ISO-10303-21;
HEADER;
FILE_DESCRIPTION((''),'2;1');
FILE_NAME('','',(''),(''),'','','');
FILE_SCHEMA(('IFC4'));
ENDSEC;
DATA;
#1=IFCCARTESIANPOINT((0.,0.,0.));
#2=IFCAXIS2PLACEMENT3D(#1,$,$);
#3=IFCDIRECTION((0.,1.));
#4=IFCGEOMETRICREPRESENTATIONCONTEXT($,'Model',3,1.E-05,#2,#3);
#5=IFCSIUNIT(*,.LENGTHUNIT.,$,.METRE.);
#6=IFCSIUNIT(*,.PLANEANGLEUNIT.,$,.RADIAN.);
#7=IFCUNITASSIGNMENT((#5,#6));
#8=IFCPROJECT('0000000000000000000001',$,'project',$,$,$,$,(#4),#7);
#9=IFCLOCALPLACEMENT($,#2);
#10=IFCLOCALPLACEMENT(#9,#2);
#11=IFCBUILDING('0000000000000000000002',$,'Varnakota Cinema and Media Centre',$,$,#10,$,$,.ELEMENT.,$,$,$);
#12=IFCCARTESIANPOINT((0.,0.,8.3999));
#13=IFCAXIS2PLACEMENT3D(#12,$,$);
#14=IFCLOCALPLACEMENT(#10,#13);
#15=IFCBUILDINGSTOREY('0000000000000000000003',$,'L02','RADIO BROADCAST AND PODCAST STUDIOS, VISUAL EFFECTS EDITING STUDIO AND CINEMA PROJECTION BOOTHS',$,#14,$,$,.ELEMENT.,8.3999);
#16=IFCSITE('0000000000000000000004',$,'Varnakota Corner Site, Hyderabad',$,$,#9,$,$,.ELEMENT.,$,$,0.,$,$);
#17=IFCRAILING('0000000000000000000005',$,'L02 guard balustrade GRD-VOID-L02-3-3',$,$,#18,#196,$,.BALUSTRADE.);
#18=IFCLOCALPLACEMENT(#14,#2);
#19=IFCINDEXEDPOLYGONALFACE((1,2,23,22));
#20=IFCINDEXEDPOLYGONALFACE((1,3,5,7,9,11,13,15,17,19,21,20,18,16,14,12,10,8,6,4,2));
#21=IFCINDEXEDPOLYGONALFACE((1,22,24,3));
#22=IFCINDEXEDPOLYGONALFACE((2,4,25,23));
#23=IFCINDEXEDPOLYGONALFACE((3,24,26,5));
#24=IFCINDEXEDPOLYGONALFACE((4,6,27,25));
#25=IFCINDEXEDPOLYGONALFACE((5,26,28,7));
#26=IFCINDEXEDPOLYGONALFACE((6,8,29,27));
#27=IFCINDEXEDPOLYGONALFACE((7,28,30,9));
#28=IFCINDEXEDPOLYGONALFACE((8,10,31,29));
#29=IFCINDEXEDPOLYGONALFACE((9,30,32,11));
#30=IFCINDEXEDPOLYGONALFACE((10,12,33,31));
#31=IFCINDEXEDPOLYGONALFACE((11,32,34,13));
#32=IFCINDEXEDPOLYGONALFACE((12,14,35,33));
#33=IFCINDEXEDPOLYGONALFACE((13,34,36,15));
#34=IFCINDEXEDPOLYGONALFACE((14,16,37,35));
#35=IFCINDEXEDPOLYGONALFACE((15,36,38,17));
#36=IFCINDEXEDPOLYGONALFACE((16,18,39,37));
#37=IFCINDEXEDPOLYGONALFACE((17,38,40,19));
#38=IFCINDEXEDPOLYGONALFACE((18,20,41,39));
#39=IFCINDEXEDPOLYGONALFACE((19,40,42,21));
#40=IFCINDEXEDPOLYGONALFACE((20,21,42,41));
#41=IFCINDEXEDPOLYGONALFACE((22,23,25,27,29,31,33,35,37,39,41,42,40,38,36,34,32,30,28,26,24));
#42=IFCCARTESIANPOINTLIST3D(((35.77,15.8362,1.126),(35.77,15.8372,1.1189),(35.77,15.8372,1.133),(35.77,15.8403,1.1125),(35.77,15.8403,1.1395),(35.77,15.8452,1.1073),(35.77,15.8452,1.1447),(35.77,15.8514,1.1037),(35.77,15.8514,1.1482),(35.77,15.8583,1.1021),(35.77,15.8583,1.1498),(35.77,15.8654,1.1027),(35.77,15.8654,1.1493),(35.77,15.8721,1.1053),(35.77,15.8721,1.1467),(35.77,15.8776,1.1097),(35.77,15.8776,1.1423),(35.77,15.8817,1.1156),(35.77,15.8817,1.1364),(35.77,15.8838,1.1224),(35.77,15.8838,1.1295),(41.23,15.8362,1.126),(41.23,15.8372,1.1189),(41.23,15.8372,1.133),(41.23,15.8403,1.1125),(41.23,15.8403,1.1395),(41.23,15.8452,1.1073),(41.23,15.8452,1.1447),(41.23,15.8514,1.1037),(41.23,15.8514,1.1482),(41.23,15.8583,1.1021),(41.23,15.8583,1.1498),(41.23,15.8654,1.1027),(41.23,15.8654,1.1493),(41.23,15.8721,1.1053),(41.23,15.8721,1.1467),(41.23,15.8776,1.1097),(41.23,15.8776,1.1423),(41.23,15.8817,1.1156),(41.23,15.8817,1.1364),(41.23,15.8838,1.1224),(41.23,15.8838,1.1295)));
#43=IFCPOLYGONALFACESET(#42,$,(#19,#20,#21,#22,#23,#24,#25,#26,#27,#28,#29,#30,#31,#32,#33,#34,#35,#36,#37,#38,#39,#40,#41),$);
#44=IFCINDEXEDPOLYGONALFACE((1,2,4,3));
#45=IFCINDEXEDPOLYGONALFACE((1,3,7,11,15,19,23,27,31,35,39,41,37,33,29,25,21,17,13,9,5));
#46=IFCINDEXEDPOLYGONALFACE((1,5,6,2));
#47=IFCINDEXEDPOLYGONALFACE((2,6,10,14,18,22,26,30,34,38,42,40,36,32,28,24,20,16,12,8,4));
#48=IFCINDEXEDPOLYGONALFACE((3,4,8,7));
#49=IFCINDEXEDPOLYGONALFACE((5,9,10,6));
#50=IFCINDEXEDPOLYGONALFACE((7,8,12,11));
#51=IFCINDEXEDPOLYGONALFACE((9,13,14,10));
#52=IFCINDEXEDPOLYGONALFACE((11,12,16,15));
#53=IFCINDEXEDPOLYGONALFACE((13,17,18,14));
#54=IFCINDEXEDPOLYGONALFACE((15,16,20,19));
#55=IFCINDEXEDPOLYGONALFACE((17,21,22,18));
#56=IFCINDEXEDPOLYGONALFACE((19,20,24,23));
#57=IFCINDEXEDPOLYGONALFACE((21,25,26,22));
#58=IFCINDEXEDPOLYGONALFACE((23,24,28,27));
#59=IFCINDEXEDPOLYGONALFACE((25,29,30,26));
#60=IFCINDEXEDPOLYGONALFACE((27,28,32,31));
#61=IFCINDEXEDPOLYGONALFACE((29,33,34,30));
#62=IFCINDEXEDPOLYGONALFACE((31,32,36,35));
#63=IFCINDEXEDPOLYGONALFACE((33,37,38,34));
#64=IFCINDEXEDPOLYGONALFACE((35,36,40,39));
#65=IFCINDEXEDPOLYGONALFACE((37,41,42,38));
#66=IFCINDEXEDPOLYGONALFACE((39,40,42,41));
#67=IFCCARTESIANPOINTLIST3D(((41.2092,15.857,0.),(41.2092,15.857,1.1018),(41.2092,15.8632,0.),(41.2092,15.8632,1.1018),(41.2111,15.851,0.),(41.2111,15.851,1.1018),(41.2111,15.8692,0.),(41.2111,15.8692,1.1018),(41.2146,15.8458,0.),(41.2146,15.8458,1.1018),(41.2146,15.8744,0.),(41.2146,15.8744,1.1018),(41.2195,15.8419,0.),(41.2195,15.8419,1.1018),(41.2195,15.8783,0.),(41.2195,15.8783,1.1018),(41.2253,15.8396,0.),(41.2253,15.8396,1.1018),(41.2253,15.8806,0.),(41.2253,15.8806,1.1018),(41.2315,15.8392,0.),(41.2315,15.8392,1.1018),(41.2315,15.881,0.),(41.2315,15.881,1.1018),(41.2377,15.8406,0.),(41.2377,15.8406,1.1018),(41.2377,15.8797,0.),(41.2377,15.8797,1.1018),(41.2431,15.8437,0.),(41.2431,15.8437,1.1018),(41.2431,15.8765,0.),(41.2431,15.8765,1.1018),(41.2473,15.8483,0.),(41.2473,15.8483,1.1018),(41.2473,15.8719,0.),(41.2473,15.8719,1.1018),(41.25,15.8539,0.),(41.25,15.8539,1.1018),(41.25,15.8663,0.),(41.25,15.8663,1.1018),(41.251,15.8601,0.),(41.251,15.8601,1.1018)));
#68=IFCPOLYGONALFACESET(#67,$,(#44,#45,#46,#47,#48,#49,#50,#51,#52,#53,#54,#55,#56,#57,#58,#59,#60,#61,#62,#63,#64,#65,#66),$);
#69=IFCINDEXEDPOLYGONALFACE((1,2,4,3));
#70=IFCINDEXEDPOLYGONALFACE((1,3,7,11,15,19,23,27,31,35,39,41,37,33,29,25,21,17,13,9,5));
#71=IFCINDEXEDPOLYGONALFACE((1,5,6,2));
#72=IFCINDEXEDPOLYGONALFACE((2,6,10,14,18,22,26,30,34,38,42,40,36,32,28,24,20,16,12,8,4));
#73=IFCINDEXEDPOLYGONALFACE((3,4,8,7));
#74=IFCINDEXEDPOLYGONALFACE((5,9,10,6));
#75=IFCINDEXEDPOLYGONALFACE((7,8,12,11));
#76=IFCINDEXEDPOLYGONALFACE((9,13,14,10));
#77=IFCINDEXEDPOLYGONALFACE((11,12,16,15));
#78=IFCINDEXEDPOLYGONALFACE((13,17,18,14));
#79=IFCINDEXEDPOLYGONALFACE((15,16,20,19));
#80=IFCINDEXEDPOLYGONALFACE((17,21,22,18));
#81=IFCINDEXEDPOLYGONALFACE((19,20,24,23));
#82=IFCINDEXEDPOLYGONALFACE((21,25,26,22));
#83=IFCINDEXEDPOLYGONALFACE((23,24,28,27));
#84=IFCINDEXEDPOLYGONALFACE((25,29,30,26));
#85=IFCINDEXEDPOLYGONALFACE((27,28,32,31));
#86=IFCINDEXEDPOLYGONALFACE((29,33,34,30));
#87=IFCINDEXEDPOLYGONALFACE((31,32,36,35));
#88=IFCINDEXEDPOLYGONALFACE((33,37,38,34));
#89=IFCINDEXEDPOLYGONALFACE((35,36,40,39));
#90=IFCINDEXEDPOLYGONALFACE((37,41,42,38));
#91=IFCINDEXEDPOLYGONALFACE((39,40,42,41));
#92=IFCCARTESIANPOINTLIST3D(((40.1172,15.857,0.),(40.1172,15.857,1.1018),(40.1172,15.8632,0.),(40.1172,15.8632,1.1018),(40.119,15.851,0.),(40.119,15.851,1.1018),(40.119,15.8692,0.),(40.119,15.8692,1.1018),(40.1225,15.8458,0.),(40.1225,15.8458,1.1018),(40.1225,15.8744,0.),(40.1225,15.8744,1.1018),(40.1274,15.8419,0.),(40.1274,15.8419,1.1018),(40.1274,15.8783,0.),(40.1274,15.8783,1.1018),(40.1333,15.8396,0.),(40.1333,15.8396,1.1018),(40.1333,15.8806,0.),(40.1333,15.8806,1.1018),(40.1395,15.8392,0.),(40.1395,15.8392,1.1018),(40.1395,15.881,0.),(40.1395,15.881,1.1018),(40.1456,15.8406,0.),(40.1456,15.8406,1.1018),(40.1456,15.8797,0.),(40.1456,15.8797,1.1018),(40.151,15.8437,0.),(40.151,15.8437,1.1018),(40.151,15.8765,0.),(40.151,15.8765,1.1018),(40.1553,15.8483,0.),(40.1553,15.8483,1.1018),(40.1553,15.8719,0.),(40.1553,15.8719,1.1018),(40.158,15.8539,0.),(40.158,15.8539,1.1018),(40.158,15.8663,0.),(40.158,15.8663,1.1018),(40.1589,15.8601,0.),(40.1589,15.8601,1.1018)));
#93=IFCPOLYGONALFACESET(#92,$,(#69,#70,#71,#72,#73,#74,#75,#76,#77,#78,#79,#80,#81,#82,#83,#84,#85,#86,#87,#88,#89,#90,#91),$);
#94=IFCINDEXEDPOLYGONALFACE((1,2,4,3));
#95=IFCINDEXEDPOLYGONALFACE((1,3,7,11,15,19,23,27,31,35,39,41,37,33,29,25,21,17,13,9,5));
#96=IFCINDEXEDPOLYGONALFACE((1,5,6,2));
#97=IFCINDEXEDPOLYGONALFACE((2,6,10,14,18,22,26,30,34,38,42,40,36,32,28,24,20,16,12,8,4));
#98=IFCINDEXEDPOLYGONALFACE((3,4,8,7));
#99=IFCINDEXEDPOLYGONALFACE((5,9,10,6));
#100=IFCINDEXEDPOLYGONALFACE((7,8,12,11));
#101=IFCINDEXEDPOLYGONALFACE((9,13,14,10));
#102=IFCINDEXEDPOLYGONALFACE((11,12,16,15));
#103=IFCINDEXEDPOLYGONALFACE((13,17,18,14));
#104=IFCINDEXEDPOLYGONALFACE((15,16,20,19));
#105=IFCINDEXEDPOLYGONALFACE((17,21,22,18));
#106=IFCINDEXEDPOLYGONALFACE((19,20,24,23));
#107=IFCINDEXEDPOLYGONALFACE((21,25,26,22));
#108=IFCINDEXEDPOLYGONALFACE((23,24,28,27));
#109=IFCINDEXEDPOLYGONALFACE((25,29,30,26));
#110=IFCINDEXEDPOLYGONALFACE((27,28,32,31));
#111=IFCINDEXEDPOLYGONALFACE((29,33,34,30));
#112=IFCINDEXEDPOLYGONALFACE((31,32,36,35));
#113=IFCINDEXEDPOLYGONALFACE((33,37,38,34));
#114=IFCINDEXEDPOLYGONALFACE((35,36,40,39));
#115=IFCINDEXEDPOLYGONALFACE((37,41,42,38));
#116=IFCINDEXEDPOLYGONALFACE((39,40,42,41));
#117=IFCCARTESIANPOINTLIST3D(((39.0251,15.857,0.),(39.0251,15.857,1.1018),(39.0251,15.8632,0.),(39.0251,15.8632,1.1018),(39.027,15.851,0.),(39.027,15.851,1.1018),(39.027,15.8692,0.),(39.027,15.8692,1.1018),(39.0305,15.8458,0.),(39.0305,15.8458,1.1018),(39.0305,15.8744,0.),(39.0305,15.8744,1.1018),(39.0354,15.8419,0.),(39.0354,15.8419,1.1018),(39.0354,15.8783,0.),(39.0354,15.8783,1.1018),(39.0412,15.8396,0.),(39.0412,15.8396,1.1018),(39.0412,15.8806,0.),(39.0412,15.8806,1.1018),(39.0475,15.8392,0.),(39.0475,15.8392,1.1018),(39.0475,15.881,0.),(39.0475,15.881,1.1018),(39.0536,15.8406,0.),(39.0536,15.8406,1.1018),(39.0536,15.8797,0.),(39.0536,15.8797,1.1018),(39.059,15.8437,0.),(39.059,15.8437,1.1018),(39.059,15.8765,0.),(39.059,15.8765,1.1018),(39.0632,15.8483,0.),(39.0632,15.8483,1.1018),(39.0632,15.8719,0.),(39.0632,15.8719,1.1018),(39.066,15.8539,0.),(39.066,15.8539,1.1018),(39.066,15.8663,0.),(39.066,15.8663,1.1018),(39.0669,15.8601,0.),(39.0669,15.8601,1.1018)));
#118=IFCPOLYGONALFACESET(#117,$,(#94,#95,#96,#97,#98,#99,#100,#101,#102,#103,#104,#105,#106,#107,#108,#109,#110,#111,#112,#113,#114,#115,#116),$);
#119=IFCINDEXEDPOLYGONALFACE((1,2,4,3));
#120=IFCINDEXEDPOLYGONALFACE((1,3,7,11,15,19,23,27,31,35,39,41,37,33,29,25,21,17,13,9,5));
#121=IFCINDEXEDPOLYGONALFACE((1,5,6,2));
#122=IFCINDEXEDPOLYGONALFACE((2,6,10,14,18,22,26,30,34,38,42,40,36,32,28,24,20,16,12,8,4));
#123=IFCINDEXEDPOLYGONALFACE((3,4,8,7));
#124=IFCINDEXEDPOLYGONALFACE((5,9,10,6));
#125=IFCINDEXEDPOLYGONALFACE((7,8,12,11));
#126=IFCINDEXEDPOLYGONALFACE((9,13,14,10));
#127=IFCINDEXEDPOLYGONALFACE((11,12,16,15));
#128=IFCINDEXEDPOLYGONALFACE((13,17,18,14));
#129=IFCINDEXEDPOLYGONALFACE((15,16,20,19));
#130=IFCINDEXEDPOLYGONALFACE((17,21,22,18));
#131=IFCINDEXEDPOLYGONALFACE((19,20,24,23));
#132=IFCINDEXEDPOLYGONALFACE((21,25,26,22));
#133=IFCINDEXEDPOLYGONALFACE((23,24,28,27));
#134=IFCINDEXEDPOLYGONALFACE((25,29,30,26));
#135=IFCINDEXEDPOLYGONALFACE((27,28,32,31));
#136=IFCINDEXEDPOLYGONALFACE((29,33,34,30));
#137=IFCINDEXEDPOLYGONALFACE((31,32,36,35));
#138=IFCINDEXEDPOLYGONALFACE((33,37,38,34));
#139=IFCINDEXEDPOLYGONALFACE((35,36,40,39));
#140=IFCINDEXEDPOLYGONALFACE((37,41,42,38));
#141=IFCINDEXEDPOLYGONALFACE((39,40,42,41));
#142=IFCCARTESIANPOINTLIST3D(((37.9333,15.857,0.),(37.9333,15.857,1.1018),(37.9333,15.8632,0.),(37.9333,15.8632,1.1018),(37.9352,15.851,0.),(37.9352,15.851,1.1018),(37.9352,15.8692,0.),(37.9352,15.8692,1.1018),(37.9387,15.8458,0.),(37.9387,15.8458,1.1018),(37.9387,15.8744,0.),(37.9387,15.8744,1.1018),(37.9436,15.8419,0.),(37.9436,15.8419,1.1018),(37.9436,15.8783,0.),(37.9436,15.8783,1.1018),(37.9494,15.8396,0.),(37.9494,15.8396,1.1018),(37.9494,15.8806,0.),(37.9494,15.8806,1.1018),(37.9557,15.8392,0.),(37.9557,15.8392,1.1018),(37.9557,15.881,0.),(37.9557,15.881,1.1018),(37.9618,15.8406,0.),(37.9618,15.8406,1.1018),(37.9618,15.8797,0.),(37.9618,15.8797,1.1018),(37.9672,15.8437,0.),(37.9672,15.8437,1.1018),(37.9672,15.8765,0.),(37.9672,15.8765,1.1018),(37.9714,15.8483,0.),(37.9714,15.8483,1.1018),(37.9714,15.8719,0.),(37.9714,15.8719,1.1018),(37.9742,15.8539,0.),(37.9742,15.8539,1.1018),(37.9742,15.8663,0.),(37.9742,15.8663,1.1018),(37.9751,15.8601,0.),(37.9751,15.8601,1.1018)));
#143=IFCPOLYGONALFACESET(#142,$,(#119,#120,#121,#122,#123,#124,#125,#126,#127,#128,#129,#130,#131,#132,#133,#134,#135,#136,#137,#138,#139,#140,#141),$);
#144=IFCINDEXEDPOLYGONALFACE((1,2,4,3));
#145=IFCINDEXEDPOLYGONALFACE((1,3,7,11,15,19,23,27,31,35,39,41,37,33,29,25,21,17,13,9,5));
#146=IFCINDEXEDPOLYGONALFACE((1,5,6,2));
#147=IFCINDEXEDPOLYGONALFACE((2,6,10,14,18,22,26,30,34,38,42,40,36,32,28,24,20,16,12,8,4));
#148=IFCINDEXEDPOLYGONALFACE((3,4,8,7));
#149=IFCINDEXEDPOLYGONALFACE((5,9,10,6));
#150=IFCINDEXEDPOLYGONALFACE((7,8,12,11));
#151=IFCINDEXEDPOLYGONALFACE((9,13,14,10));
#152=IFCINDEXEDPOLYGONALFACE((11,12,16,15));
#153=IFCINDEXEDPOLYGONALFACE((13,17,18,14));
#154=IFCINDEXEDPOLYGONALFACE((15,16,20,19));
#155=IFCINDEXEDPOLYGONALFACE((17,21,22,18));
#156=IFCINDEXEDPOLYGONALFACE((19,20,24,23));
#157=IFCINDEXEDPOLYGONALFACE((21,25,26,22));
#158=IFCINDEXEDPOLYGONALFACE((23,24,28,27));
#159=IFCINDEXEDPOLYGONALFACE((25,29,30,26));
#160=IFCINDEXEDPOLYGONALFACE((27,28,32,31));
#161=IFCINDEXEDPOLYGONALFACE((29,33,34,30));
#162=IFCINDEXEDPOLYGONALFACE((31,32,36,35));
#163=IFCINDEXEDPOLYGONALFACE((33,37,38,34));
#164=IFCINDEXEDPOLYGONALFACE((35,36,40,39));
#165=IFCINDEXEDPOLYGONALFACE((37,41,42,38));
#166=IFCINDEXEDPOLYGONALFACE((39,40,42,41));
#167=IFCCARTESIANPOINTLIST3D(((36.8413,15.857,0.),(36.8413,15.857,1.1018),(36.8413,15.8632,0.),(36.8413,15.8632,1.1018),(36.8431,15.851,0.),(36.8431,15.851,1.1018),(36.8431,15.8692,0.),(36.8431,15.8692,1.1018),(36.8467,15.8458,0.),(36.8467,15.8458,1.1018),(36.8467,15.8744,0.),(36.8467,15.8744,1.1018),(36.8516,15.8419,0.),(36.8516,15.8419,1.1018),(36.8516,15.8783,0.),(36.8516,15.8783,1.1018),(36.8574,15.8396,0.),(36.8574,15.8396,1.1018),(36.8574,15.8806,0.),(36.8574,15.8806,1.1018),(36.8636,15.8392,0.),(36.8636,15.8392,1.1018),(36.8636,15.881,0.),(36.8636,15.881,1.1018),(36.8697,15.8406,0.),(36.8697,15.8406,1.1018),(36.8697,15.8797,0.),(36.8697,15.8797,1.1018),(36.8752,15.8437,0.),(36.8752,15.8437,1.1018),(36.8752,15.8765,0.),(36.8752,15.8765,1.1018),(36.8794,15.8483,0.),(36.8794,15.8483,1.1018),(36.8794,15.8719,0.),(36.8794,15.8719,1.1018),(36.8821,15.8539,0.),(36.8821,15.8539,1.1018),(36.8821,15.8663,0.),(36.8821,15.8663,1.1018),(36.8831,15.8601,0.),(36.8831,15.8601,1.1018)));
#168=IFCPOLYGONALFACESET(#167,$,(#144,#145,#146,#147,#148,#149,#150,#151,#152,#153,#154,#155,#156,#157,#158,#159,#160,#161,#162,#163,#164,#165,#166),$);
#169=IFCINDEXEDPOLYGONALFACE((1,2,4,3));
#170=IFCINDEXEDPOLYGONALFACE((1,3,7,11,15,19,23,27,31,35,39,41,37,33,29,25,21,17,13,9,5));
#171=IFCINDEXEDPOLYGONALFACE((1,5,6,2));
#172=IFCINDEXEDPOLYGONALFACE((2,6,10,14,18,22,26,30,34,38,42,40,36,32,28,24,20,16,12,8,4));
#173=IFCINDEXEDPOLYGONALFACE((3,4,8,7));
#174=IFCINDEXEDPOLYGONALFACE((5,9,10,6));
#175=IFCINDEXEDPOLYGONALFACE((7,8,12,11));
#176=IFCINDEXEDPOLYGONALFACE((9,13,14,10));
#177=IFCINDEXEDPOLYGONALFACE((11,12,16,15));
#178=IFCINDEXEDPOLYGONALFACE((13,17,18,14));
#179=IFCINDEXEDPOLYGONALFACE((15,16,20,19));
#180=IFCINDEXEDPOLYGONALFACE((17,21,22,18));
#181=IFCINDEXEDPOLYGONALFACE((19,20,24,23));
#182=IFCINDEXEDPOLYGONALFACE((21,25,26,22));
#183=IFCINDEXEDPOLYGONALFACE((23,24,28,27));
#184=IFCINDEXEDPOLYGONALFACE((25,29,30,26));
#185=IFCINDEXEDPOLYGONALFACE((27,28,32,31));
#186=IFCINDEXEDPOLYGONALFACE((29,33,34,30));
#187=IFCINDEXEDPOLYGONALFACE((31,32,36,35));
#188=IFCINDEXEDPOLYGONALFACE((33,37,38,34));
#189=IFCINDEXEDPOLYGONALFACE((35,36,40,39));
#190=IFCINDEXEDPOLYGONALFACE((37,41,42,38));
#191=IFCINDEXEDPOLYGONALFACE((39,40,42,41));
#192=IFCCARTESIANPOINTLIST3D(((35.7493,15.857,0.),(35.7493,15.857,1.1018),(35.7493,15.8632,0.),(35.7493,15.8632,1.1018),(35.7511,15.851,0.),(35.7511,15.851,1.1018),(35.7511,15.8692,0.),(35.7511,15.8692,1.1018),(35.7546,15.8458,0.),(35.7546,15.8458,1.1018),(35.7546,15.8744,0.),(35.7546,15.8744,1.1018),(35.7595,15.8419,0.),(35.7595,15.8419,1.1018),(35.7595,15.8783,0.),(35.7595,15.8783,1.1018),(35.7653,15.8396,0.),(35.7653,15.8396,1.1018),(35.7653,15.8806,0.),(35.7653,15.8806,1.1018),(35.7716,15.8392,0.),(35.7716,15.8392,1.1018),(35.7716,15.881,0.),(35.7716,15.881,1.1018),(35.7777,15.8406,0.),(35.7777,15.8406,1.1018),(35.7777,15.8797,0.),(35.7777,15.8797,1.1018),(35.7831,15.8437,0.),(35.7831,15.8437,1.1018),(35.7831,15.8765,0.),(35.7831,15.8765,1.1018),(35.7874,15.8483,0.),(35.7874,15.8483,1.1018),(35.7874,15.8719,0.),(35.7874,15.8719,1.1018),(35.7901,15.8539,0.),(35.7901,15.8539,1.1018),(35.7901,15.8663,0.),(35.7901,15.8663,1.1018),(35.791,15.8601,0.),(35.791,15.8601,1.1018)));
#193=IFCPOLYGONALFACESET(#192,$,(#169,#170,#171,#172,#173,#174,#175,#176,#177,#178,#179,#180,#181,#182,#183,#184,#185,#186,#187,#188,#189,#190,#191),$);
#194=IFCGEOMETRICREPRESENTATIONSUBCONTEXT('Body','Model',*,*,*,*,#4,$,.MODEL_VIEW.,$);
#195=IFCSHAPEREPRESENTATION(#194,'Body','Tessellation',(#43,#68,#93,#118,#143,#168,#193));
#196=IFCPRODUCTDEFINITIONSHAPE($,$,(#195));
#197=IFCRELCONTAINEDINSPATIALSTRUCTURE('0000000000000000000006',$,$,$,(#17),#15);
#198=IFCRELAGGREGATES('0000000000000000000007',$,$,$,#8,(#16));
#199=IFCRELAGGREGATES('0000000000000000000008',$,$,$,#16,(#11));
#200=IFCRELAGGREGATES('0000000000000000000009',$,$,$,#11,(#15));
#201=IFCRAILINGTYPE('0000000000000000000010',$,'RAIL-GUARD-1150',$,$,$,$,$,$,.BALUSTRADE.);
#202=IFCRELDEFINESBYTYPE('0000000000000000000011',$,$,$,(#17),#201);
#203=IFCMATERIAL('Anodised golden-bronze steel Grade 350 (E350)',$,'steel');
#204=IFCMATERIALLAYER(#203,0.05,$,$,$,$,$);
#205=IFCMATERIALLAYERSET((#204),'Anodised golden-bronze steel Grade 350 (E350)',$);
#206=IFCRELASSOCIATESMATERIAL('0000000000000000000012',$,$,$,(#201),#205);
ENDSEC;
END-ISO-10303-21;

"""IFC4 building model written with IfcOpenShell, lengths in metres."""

from ifc_helpers import new_model, si_unit, direction, frame, origin, origin_2d, place, context, subcontext, project, spatial, circle, extrude, material, layer, layer_set, type_object, element, save


model = new_model("IFC4")

# Units and contexts
model_context = context("Model", 3, precision=1e-05, world=origin(), true_north=direction((0.0, 1.0)))
body_context = subcontext(model_context, "Body", "Model", "MODEL_VIEW")
ifc_project = project(units=[si_unit("LENGTHUNIT", "METRE"), si_unit("PLANEANGLEUNIT", "RADIAN")], contexts=[model_context])

# Site, building, storey
site_placement = place(None, origin())
site = spatial("IfcSite", under=ifc_project, at=site_placement, Name="Varnakota Corner Site, Hyderabad", CompositionType="ELEMENT", RefElevation=0.0)
building_placement = place(site_placement, origin())
building = spatial("IfcBuilding", under=site, at=building_placement, Name="Varnakota Cinema and Media Centre", CompositionType="ELEMENT")
storey_placement = place(building_placement, frame((0.0, 0.0, 8.3999)))
storey = spatial("IfcBuildingStorey", under=building, at=storey_placement, Name="L02", Description="RADIO BROADCAST AND PODCAST STUDIOS, VISUAL EFFECTS EDITING STUDIO AND CINEMA PROJECTION BOOTHS", CompositionType="ELEMENT", Elevation=8.3999)

# Railing
ifc_material_1 = material(Name="Anodised golden-bronze steel Grade 350 (E350)", Category="steel")
ifc_layer_1 = layer(ifc_material_1, 0.05)
ifc_layer_set_1 = layer_set([ifc_layer_1], Name="Anodised golden-bronze steel Grade 350 (E350)")
railing_type = type_object("IfcRailingType", Name="RAIL-GUARD-1150", PredefinedType="BALUSTRADE", material=ifc_layer_set_1)
railing_1_placement = place(storey_placement, frame((41.23, 15.8601, 0.0)))
element("IfcRailing", 1, at=railing_1_placement, inside=storey, type_object=railing_type, Name="L02 guard balustrade GRD-VOID-L02-3-3", PredefinedType="BALUSTRADE", context=body_context, shape_type="SweptSolid", body=[
    extrude(circle(Radius=0.0239, at=origin_2d()), frame((0.0, 0.0, 1.126), z_axis=(-1.0, 0.0, 0.0), x_axis=(0.0, -1.0, 0.0)), (0.0, 0.0, 1.0), 5.46),
    extrude(circle(Radius=0.021, at=origin_2d()), origin(), (0.0, 0.0, 1.0), 1.1018),
    extrude(circle(Radius=0.021, at=origin_2d()), frame((-1.092, 0.0, 0.0)), (0.0, 0.0, 1.0), 1.1018),
    extrude(circle(Radius=0.021, at=origin_2d()), frame((-2.1841, 0.0, 0.0)), (0.0, 0.0, 1.0), 1.1018),
    extrude(circle(Radius=0.021, at=origin_2d()), frame((-3.2759, 0.0, 0.0)), (0.0, 0.0, 1.0), 1.1018),
    extrude(circle(Radius=0.021, at=origin_2d()), frame((-4.3679, 0.0, 0.0)), (0.0, 0.0, 1.0), 1.1018),
    extrude(circle(Radius=0.021, at=origin_2d()), frame((-5.46, 0.0, 0.0)), (0.0, 0.0, 1.0), 1.1018),
])

save(model, "model.ifc")
